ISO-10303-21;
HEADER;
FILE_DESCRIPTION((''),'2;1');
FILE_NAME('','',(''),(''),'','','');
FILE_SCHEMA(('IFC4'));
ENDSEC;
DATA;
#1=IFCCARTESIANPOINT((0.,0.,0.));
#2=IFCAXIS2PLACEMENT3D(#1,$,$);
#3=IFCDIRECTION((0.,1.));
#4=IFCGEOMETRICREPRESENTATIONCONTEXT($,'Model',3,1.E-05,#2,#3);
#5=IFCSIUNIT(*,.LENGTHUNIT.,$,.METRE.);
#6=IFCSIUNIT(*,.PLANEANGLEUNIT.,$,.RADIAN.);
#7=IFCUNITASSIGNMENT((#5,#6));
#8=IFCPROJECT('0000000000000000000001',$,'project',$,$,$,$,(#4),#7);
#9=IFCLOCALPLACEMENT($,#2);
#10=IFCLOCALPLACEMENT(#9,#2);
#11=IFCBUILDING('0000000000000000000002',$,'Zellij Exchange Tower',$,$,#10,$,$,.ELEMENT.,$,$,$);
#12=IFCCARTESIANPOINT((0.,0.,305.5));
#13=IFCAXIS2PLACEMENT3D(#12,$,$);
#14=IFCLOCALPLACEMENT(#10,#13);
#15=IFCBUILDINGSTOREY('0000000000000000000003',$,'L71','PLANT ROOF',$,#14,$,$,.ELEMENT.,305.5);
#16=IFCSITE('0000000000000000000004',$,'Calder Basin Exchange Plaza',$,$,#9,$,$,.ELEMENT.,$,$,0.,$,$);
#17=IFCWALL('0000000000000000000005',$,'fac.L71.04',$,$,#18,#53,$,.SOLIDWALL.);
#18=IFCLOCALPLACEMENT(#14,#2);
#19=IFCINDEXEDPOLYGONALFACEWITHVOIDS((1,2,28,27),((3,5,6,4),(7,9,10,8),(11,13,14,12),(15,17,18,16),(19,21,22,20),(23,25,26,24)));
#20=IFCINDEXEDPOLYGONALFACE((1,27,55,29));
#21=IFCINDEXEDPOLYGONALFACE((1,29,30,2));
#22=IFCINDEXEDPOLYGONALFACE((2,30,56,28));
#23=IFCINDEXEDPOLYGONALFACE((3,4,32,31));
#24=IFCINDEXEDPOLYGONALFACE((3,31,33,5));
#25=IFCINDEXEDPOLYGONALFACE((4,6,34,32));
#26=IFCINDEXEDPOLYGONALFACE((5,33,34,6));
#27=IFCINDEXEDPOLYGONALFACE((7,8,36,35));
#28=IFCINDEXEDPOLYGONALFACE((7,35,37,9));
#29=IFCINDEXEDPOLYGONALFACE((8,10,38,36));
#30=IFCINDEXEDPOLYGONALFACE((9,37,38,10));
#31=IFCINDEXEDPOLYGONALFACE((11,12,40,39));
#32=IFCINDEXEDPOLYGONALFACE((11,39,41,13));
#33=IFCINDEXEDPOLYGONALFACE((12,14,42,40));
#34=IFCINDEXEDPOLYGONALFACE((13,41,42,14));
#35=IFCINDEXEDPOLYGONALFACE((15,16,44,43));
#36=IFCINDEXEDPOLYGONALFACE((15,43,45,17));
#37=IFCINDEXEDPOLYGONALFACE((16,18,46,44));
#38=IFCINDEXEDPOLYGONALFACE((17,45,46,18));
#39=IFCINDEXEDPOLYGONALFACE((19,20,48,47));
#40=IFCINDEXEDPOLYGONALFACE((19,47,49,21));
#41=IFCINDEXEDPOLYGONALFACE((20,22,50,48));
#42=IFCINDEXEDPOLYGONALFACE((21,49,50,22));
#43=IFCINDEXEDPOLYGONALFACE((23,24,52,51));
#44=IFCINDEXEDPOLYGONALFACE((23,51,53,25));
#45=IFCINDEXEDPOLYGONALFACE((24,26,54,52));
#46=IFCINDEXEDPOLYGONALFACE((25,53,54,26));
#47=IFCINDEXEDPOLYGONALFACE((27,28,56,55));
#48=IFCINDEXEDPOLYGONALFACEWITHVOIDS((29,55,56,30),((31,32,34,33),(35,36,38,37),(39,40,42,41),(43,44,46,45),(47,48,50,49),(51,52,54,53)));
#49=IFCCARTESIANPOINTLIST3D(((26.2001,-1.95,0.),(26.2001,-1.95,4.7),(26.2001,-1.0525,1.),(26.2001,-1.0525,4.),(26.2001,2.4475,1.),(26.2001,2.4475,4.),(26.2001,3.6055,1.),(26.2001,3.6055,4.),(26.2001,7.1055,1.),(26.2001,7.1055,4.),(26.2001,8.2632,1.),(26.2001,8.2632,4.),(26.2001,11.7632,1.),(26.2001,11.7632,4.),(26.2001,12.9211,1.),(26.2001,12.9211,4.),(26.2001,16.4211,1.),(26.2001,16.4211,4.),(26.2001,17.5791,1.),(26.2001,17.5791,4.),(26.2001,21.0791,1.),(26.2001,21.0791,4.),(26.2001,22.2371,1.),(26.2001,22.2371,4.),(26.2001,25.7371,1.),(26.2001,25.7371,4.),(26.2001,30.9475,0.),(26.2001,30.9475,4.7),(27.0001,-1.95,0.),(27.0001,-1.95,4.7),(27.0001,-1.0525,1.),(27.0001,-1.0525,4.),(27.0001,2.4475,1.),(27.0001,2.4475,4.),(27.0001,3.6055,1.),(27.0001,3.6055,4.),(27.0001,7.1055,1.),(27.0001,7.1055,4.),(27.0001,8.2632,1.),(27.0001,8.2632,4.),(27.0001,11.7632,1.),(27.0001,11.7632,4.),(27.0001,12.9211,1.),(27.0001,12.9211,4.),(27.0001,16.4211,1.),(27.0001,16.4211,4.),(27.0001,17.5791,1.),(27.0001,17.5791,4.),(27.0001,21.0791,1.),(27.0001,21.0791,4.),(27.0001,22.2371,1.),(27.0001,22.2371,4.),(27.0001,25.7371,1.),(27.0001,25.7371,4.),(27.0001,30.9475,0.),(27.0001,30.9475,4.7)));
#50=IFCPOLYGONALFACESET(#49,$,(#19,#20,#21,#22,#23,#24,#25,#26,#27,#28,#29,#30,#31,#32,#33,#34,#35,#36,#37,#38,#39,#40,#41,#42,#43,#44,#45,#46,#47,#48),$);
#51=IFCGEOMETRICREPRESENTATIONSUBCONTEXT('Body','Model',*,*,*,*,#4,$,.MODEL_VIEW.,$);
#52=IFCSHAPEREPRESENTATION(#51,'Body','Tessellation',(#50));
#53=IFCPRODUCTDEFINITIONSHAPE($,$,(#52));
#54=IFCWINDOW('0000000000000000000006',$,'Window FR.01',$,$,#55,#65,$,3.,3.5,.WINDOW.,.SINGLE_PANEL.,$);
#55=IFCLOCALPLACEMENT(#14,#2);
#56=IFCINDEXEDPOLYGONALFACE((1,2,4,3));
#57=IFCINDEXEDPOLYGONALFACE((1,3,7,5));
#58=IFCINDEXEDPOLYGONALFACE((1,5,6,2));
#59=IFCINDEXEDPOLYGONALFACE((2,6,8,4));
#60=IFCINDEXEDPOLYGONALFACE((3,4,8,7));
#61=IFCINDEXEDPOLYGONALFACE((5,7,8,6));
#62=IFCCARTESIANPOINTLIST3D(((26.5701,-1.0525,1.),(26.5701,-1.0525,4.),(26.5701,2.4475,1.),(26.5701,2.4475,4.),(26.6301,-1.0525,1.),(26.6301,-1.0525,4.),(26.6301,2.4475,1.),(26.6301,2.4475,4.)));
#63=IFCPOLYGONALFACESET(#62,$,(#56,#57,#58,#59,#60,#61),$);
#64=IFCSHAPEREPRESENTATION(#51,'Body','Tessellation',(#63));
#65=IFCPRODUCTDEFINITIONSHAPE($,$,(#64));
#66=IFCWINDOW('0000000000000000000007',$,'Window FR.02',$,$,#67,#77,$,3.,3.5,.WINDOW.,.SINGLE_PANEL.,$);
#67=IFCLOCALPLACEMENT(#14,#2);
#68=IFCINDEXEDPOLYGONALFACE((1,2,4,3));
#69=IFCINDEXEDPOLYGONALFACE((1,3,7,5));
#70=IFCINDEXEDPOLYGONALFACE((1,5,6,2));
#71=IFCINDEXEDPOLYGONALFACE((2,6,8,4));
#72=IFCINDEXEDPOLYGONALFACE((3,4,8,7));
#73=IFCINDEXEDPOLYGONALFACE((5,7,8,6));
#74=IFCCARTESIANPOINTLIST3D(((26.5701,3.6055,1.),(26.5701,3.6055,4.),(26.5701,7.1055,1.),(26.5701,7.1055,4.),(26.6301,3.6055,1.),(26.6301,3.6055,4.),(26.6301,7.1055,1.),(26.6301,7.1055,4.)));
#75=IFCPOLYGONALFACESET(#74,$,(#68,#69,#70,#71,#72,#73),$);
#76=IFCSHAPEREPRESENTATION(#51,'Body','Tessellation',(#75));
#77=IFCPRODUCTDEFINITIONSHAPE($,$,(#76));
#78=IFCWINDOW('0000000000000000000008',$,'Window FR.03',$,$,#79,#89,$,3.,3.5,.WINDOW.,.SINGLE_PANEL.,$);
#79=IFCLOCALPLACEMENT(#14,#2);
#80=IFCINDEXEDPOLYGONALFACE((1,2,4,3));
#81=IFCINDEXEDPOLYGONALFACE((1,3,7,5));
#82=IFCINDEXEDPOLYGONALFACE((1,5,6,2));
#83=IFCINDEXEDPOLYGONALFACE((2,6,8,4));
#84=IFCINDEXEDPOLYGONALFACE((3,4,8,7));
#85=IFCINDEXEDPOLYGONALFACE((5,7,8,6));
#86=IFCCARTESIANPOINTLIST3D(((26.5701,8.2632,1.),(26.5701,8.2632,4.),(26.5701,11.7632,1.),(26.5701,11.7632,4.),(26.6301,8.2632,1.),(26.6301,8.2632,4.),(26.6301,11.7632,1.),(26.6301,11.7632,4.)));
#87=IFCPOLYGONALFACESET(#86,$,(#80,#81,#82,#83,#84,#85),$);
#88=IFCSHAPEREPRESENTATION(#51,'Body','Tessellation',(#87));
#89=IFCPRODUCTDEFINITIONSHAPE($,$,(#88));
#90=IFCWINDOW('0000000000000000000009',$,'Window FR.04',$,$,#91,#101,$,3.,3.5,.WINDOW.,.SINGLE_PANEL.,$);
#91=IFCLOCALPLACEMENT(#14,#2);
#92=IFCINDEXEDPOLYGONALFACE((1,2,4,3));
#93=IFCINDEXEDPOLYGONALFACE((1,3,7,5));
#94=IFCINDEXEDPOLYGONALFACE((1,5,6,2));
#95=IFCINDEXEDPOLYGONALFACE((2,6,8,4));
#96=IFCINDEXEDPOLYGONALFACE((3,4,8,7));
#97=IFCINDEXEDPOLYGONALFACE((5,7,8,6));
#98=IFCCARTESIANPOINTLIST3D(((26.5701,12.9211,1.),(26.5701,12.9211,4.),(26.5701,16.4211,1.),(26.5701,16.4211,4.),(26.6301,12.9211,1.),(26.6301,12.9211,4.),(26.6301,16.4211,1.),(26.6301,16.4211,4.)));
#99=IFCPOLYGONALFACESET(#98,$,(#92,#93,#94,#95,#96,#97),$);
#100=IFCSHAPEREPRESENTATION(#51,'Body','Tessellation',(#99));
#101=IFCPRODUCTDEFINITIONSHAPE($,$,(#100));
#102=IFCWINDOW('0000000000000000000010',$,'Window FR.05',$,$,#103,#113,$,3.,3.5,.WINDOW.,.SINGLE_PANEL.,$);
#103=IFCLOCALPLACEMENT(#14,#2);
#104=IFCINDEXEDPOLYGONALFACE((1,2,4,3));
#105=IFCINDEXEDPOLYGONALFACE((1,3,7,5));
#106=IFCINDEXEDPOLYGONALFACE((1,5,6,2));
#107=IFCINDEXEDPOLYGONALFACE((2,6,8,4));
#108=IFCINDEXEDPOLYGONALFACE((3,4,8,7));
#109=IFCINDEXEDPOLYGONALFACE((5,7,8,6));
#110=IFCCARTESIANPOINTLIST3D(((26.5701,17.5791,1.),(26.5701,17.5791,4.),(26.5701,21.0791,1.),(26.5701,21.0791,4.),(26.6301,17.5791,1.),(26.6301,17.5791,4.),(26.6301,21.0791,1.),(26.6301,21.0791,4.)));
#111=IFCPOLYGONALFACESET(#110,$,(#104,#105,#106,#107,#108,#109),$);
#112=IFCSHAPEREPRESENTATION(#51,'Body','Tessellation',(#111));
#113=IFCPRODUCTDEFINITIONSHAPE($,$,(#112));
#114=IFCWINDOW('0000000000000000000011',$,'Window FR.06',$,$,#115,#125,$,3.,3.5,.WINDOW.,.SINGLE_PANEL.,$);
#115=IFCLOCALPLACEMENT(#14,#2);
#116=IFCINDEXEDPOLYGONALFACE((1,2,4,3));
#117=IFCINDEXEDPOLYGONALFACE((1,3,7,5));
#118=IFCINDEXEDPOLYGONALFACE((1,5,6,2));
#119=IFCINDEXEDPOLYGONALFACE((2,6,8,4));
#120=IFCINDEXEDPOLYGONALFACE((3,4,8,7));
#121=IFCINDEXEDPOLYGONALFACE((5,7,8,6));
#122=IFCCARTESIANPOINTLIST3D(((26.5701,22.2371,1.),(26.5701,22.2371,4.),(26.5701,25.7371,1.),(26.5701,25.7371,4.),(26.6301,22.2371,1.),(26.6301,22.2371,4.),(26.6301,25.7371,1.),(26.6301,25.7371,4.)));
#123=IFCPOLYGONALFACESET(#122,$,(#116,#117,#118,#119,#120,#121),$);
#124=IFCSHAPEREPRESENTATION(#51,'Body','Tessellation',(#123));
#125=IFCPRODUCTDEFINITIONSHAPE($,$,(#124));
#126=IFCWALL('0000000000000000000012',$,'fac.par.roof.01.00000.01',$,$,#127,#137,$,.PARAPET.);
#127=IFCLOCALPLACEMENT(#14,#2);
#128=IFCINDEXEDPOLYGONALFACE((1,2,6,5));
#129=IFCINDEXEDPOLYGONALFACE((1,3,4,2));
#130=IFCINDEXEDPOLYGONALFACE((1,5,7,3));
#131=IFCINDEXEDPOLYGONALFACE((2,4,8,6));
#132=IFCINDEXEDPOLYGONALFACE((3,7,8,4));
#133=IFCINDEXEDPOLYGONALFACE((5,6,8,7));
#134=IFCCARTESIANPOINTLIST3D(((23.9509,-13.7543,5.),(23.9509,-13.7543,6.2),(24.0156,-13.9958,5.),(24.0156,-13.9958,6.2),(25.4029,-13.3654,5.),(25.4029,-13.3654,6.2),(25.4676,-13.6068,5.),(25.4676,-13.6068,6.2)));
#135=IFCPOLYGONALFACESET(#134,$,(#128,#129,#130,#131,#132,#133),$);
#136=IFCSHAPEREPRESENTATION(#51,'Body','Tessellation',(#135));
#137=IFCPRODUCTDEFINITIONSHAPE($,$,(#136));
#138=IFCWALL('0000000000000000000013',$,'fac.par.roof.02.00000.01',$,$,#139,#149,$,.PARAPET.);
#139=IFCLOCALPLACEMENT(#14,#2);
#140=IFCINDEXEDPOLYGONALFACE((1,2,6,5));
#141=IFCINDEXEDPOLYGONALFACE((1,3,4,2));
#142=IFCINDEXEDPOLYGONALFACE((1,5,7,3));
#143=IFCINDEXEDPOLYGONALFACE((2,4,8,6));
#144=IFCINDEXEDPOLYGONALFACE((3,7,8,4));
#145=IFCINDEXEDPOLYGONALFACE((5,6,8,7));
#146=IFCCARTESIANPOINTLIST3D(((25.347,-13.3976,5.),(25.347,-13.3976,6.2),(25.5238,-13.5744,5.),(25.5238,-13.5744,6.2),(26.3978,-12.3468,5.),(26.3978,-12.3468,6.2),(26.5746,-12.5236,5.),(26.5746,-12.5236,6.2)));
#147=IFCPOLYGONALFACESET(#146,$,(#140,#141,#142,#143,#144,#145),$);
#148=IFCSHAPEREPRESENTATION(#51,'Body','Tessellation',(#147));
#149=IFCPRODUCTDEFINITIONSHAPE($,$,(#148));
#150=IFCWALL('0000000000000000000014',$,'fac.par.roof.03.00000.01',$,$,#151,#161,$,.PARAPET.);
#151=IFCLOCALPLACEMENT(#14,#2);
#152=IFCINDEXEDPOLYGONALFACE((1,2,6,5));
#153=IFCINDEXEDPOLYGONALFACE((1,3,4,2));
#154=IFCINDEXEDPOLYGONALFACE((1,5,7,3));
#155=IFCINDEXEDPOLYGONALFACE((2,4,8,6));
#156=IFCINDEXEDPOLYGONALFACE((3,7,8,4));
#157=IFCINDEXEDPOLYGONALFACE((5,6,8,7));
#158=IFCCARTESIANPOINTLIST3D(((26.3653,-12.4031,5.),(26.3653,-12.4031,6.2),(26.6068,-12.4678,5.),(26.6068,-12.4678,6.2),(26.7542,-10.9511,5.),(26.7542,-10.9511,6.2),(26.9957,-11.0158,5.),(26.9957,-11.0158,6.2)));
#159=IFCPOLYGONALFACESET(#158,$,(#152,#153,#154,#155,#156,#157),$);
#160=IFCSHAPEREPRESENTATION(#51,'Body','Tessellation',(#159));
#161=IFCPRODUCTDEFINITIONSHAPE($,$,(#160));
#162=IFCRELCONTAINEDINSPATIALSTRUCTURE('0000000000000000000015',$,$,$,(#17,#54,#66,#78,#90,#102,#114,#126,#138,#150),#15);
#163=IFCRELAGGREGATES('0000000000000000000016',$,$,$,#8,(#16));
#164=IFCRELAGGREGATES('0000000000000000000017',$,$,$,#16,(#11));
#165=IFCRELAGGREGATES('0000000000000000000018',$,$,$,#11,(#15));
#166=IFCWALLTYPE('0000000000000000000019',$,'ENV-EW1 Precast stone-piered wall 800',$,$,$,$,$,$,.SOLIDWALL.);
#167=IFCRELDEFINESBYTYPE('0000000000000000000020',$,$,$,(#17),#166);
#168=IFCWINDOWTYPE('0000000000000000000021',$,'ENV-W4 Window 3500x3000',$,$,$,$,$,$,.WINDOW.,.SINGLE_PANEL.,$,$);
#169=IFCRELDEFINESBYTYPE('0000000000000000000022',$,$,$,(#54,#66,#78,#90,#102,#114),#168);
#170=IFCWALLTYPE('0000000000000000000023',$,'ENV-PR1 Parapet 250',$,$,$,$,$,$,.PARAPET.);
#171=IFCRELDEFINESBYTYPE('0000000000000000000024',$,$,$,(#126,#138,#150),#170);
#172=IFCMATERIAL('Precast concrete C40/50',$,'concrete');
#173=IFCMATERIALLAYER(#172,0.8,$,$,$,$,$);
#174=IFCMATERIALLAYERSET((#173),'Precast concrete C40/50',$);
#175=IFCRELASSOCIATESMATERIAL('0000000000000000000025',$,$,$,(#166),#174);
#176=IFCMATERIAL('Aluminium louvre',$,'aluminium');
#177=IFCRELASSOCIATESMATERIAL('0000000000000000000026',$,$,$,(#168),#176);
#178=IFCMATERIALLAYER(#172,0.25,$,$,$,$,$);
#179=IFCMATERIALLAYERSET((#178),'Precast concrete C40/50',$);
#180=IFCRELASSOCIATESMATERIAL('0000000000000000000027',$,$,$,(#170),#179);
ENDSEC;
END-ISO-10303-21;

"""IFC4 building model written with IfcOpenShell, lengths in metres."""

from ifc_helpers import new_model, si_unit, direction, frame, frame_2d, origin, place, context, subcontext, project, spatial, rectangle, extrude, material, layer, layer_set, type_object, element, fill, save


model = new_model("IFC4")

# Units and contexts
model_context = context("Model", 3, precision=1e-05, world=origin(), true_north=direction((0.0, 1.0)))
body_context = subcontext(model_context, "Body", "Model", "MODEL_VIEW")
ifc_project = project(units=[si_unit("LENGTHUNIT", "METRE"), si_unit("PLANEANGLEUNIT", "RADIAN")], contexts=[model_context])

# Site, building, storey
site_placement = place(None, origin())
site = spatial("IfcSite", under=ifc_project, at=site_placement, Name="Calder Basin Exchange Plaza", CompositionType="ELEMENT", RefElevation=0.0)
building_placement = place(site_placement, origin())
building = spatial("IfcBuilding", under=site, at=building_placement, Name="Zellij Exchange Tower", CompositionType="ELEMENT")
storey_placement = place(building_placement, frame((0.0, 0.0, 305.5)))
storey = spatial("IfcBuildingStorey", under=building, at=storey_placement, Name="L71", Description="PLANT ROOF", CompositionType="ELEMENT", Elevation=305.5)

# Wall, openings, windows
ifc_material_1 = material(Name="Precast concrete C40/50", Category="concrete")
ifc_layer_1 = layer(ifc_material_1, 0.8)
ifc_layer_set_1 = layer_set([ifc_layer_1], Name="Precast concrete C40/50")
wall_type_1 = type_object("IfcWallType", Name="ENV-EW1 Precast stone-piered wall 800", PredefinedType="SOLIDWALL", material=ifc_layer_set_1)
wall_1_placement = place(storey_placement, frame((26.6001, -1.95, 0.0), z_axis=(0.0, 0.0, 1.0), x_axis=(0.0, 1.0, 0.0)))
wall_1 = element("IfcWall", 1, at=wall_1_placement, inside=storey, type_object=wall_type_1, Name="fac.L71.04", PredefinedType="SOLIDWALL", context=body_context, shape_type="SweptSolid", body=[
    extrude(rectangle(XDim=32.8975, YDim=0.8, at=frame_2d((16.4487, 0.0))), origin(), (0.0, 0.0, 1.0), 4.7),
])
opening_1_placement = place(wall_1_placement, frame((0.8975, 0.0, 1.0)))
opening_1 = element("IfcOpeningElement", 2, at=opening_1_placement, cuts=wall_1, PredefinedType="OPENING", context=body_context, shape_type="SweptSolid", body=[
    extrude(rectangle(XDim=3.5, YDim=3.0, at=frame_2d((1.75, 1.5))), frame((0.0, 0.4121, 0.0), z_axis=(0.0, -1.0, 0.0), x_axis=(1.0, 0.0, 0.0)), (0.0, 0.0, 1.0), 0.824),
])
opening_2_placement = place(wall_1_placement, frame((5.5554, 0.0, 1.0)))
opening_2 = element("IfcOpeningElement", 3, at=opening_2_placement, cuts=wall_1, PredefinedType="OPENING", context=body_context, shape_type="SweptSolid", body=[
    extrude(rectangle(XDim=3.5, YDim=3.0, at=frame_2d((1.75, 1.5))), frame((0.0, 0.4121, 0.0), z_axis=(0.0, -1.0, 0.0), x_axis=(1.0, 0.0, 0.0)), (0.0, 0.0, 1.0), 0.824),
])
opening_3_placement = place(wall_1_placement, frame((10.2131, 0.0, 1.0)))
opening_3 = element("IfcOpeningElement", 4, at=opening_3_placement, cuts=wall_1, PredefinedType="OPENING", context=body_context, shape_type="SweptSolid", body=[
    extrude(rectangle(XDim=3.5, YDim=3.0, at=frame_2d((1.75, 1.5))), frame((0.0, 0.4121, 0.0), z_axis=(0.0, -1.0, 0.0), x_axis=(1.0, 0.0, 0.0)), (0.0, 0.0, 1.0), 0.824),
])
opening_4_placement = place(wall_1_placement, frame((14.8711, 0.0, 1.0)))
opening_4 = element("IfcOpeningElement", 5, at=opening_4_placement, cuts=wall_1, PredefinedType="OPENING", context=body_context, shape_type="SweptSolid", body=[
    extrude(rectangle(XDim=3.5, YDim=3.0, at=frame_2d((1.75, 1.5))), frame((0.0, 0.4121, 0.0), z_axis=(0.0, -1.0, 0.0), x_axis=(1.0, 0.0, 0.0)), (0.0, 0.0, 1.0), 0.824),
])
opening_5_placement = place(wall_1_placement, frame((19.5291, 0.0, 1.0)))
opening_5 = element("IfcOpeningElement", 6, at=opening_5_placement, cuts=wall_1, PredefinedType="OPENING", context=body_context, shape_type="SweptSolid", body=[
    extrude(rectangle(XDim=3.5, YDim=3.0, at=frame_2d((1.75, 1.5))), frame((0.0, 0.4121, 0.0), z_axis=(0.0, -1.0, 0.0), x_axis=(1.0, 0.0, 0.0)), (0.0, 0.0, 1.0), 0.824),
])
opening_6_placement = place(wall_1_placement, frame((24.187, 0.0, 1.0)))
opening_6 = element("IfcOpeningElement", 7, at=opening_6_placement, cuts=wall_1, PredefinedType="OPENING", context=body_context, shape_type="SweptSolid", body=[
    extrude(rectangle(XDim=3.5, YDim=3.0, at=frame_2d((1.75, 1.5))), frame((0.0, 0.4121, 0.0), z_axis=(0.0, -1.0, 0.0), x_axis=(1.0, 0.0, 0.0)), (0.0, 0.0, 1.0), 0.824),
])
ifc_material_2 = material(Name="Aluminium louvre", Category="aluminium")
window_type = type_object("IfcWindowType", Name="ENV-W4 Window 3500x3000", PartitioningType="SINGLE_PANEL", PredefinedType="WINDOW", material=ifc_material_2)
window_1_placement = place(opening_1_placement, origin())
window_1 = element("IfcWindow", 8, at=window_1_placement, inside=storey, type_object=window_type, Name="Window FR.01", OverallHeight=3.0, OverallWidth=3.5, PartitioningType="SINGLE_PANEL", PredefinedType="WINDOW", context=body_context, shape_type="SweptSolid", body=[
    extrude(rectangle(XDim=3.5, YDim=3.0, at=frame_2d((1.75, 1.5))), frame((0.0, 0.03, 0.0), z_axis=(0.0, -1.0, 0.0), x_axis=(1.0, 0.0, 0.0)), (0.0, 0.0, 1.0), 0.0601),
])
fill(opening_1, window_1)
window_2_placement = place(opening_2_placement, origin())
window_2 = element("IfcWindow", 9, at=window_2_placement, inside=storey, type_object=window_type, Name="Window FR.02", OverallHeight=3.0, OverallWidth=3.5, PartitioningType="SINGLE_PANEL", PredefinedType="WINDOW", context=body_context, shape_type="SweptSolid", body=[
    extrude(rectangle(XDim=3.5, YDim=3.0, at=frame_2d((1.75, 1.5))), frame((0.0, 0.03, 0.0), z_axis=(0.0, -1.0, 0.0), x_axis=(1.0, 0.0, 0.0)), (0.0, 0.0, 1.0), 0.0601),
])
fill(opening_2, window_2)
window_3_placement = place(opening_3_placement, origin())
window_3 = element("IfcWindow", 10, at=window_3_placement, inside=storey, type_object=window_type, Name="Window FR.03", OverallHeight=3.0, OverallWidth=3.5, PartitioningType="SINGLE_PANEL", PredefinedType="WINDOW", context=body_context, shape_type="SweptSolid", body=[
    extrude(rectangle(XDim=3.5, YDim=3.0, at=frame_2d((1.75, 1.5))), frame((0.0, 0.03, 0.0), z_axis=(0.0, -1.0, 0.0), x_axis=(1.0, 0.0, 0.0)), (0.0, 0.0, 1.0), 0.0601),
])
fill(opening_3, window_3)
window_4_placement = place(opening_4_placement, origin())
window_4 = element("IfcWindow", 11, at=window_4_placement, inside=storey, type_object=window_type, Name="Window FR.04", OverallHeight=3.0, OverallWidth=3.5, PartitioningType="SINGLE_PANEL", PredefinedType="WINDOW", context=body_context, shape_type="SweptSolid", body=[
    extrude(rectangle(XDim=3.5, YDim=3.0, at=frame_2d((1.75, 1.5))), frame((0.0, 0.03, 0.0), z_axis=(0.0, -1.0, 0.0), x_axis=(1.0, 0.0, 0.0)), (0.0, 0.0, 1.0), 0.0601),
])
fill(opening_4, window_4)
window_5_placement = place(opening_5_placement, origin())
window_5 = element("IfcWindow", 12, at=window_5_placement, inside=storey, type_object=window_type, Name="Window FR.05", OverallHeight=3.0, OverallWidth=3.5, PartitioningType="SINGLE_PANEL", PredefinedType="WINDOW", context=body_context, shape_type="SweptSolid", body=[
    extrude(rectangle(XDim=3.5, YDim=3.0, at=frame_2d((1.75, 1.5))), frame((0.0, 0.03, 0.0), z_axis=(0.0, -1.0, 0.0), x_axis=(1.0, 0.0, 0.0)), (0.0, 0.0, 1.0), 0.0601),
])
fill(opening_5, window_5)
window_6_placement = place(opening_6_placement, origin())
window_6 = element("IfcWindow", 13, at=window_6_placement, inside=storey, type_object=window_type, Name="Window FR.06", OverallHeight=3.0, OverallWidth=3.5, PartitioningType="SINGLE_PANEL", PredefinedType="WINDOW", context=body_context, shape_type="SweptSolid", body=[
    extrude(rectangle(XDim=3.5, YDim=3.0, at=frame_2d((1.75, 1.5))), frame((0.0, 0.03, 0.0), z_axis=(0.0, -1.0, 0.0), x_axis=(1.0, 0.0, 0.0)), (0.0, 0.0, 1.0), 0.0601),
])
fill(opening_6, window_6)

# Walls
ifc_layer_2 = layer(ifc_material_1, 0.25)
ifc_layer_set_2 = layer_set([ifc_layer_2], Name="Precast concrete C40/50")
wall_type_2 = type_object("IfcWallType", Name="ENV-PR1 Parapet 250", PredefinedType="PARAPET", material=ifc_layer_set_2)
wall_2_placement = place(storey_placement, frame((23.9834, -13.875, 5.0), z_axis=(0.0, 0.0, 1.0), x_axis=(0.965946, 0.258744, 0.0)))
element("IfcWall", 14, at=wall_2_placement, inside=storey, type_object=wall_type_2, Name="fac.par.roof.01.00000.01", PredefinedType="PARAPET", context=body_context, shape_type="SweptSolid", body=[
    extrude(rectangle(XDim=1.5032, YDim=0.25, at=frame_2d((0.7515, 0.0))), origin(), (0.0, 0.0, 1.0), 1.2),
])
wall_3_placement = place(storey_placement, frame((25.4353, -13.4861, 5.0), z_axis=(0.0, 0.0, 1.0), x_axis=(0.707107, 0.707107, 0.0)))
element("IfcWall", 15, at=wall_3_placement, inside=storey, type_object=wall_type_2, Name="fac.par.roof.02.00000.01", PredefinedType="PARAPET", context=body_context, shape_type="SweptSolid", body=[
    extrude(rectangle(XDim=1.4861, YDim=0.25, at=frame_2d((0.7432, 0.0))), origin(), (0.0, 0.0, 1.0), 1.2),
])
wall_4_placement = place(storey_placement, frame((26.4861, -12.4353, 5.0), z_axis=(0.0, 0.0, 1.0), x_axis=(0.258744, 0.965946, 0.0)))
element("IfcWall", 16, at=wall_4_placement, inside=storey, type_object=wall_type_2, Name="fac.par.roof.03.00000.01", PredefinedType="PARAPET", context=body_context, shape_type="SweptSolid", body=[
    extrude(rectangle(XDim=1.5032, YDim=0.25, at=frame_2d((0.7515, 0.0))), origin(), (0.0, 0.0, 1.0), 1.2),
])

save(model, "model.ifc")
